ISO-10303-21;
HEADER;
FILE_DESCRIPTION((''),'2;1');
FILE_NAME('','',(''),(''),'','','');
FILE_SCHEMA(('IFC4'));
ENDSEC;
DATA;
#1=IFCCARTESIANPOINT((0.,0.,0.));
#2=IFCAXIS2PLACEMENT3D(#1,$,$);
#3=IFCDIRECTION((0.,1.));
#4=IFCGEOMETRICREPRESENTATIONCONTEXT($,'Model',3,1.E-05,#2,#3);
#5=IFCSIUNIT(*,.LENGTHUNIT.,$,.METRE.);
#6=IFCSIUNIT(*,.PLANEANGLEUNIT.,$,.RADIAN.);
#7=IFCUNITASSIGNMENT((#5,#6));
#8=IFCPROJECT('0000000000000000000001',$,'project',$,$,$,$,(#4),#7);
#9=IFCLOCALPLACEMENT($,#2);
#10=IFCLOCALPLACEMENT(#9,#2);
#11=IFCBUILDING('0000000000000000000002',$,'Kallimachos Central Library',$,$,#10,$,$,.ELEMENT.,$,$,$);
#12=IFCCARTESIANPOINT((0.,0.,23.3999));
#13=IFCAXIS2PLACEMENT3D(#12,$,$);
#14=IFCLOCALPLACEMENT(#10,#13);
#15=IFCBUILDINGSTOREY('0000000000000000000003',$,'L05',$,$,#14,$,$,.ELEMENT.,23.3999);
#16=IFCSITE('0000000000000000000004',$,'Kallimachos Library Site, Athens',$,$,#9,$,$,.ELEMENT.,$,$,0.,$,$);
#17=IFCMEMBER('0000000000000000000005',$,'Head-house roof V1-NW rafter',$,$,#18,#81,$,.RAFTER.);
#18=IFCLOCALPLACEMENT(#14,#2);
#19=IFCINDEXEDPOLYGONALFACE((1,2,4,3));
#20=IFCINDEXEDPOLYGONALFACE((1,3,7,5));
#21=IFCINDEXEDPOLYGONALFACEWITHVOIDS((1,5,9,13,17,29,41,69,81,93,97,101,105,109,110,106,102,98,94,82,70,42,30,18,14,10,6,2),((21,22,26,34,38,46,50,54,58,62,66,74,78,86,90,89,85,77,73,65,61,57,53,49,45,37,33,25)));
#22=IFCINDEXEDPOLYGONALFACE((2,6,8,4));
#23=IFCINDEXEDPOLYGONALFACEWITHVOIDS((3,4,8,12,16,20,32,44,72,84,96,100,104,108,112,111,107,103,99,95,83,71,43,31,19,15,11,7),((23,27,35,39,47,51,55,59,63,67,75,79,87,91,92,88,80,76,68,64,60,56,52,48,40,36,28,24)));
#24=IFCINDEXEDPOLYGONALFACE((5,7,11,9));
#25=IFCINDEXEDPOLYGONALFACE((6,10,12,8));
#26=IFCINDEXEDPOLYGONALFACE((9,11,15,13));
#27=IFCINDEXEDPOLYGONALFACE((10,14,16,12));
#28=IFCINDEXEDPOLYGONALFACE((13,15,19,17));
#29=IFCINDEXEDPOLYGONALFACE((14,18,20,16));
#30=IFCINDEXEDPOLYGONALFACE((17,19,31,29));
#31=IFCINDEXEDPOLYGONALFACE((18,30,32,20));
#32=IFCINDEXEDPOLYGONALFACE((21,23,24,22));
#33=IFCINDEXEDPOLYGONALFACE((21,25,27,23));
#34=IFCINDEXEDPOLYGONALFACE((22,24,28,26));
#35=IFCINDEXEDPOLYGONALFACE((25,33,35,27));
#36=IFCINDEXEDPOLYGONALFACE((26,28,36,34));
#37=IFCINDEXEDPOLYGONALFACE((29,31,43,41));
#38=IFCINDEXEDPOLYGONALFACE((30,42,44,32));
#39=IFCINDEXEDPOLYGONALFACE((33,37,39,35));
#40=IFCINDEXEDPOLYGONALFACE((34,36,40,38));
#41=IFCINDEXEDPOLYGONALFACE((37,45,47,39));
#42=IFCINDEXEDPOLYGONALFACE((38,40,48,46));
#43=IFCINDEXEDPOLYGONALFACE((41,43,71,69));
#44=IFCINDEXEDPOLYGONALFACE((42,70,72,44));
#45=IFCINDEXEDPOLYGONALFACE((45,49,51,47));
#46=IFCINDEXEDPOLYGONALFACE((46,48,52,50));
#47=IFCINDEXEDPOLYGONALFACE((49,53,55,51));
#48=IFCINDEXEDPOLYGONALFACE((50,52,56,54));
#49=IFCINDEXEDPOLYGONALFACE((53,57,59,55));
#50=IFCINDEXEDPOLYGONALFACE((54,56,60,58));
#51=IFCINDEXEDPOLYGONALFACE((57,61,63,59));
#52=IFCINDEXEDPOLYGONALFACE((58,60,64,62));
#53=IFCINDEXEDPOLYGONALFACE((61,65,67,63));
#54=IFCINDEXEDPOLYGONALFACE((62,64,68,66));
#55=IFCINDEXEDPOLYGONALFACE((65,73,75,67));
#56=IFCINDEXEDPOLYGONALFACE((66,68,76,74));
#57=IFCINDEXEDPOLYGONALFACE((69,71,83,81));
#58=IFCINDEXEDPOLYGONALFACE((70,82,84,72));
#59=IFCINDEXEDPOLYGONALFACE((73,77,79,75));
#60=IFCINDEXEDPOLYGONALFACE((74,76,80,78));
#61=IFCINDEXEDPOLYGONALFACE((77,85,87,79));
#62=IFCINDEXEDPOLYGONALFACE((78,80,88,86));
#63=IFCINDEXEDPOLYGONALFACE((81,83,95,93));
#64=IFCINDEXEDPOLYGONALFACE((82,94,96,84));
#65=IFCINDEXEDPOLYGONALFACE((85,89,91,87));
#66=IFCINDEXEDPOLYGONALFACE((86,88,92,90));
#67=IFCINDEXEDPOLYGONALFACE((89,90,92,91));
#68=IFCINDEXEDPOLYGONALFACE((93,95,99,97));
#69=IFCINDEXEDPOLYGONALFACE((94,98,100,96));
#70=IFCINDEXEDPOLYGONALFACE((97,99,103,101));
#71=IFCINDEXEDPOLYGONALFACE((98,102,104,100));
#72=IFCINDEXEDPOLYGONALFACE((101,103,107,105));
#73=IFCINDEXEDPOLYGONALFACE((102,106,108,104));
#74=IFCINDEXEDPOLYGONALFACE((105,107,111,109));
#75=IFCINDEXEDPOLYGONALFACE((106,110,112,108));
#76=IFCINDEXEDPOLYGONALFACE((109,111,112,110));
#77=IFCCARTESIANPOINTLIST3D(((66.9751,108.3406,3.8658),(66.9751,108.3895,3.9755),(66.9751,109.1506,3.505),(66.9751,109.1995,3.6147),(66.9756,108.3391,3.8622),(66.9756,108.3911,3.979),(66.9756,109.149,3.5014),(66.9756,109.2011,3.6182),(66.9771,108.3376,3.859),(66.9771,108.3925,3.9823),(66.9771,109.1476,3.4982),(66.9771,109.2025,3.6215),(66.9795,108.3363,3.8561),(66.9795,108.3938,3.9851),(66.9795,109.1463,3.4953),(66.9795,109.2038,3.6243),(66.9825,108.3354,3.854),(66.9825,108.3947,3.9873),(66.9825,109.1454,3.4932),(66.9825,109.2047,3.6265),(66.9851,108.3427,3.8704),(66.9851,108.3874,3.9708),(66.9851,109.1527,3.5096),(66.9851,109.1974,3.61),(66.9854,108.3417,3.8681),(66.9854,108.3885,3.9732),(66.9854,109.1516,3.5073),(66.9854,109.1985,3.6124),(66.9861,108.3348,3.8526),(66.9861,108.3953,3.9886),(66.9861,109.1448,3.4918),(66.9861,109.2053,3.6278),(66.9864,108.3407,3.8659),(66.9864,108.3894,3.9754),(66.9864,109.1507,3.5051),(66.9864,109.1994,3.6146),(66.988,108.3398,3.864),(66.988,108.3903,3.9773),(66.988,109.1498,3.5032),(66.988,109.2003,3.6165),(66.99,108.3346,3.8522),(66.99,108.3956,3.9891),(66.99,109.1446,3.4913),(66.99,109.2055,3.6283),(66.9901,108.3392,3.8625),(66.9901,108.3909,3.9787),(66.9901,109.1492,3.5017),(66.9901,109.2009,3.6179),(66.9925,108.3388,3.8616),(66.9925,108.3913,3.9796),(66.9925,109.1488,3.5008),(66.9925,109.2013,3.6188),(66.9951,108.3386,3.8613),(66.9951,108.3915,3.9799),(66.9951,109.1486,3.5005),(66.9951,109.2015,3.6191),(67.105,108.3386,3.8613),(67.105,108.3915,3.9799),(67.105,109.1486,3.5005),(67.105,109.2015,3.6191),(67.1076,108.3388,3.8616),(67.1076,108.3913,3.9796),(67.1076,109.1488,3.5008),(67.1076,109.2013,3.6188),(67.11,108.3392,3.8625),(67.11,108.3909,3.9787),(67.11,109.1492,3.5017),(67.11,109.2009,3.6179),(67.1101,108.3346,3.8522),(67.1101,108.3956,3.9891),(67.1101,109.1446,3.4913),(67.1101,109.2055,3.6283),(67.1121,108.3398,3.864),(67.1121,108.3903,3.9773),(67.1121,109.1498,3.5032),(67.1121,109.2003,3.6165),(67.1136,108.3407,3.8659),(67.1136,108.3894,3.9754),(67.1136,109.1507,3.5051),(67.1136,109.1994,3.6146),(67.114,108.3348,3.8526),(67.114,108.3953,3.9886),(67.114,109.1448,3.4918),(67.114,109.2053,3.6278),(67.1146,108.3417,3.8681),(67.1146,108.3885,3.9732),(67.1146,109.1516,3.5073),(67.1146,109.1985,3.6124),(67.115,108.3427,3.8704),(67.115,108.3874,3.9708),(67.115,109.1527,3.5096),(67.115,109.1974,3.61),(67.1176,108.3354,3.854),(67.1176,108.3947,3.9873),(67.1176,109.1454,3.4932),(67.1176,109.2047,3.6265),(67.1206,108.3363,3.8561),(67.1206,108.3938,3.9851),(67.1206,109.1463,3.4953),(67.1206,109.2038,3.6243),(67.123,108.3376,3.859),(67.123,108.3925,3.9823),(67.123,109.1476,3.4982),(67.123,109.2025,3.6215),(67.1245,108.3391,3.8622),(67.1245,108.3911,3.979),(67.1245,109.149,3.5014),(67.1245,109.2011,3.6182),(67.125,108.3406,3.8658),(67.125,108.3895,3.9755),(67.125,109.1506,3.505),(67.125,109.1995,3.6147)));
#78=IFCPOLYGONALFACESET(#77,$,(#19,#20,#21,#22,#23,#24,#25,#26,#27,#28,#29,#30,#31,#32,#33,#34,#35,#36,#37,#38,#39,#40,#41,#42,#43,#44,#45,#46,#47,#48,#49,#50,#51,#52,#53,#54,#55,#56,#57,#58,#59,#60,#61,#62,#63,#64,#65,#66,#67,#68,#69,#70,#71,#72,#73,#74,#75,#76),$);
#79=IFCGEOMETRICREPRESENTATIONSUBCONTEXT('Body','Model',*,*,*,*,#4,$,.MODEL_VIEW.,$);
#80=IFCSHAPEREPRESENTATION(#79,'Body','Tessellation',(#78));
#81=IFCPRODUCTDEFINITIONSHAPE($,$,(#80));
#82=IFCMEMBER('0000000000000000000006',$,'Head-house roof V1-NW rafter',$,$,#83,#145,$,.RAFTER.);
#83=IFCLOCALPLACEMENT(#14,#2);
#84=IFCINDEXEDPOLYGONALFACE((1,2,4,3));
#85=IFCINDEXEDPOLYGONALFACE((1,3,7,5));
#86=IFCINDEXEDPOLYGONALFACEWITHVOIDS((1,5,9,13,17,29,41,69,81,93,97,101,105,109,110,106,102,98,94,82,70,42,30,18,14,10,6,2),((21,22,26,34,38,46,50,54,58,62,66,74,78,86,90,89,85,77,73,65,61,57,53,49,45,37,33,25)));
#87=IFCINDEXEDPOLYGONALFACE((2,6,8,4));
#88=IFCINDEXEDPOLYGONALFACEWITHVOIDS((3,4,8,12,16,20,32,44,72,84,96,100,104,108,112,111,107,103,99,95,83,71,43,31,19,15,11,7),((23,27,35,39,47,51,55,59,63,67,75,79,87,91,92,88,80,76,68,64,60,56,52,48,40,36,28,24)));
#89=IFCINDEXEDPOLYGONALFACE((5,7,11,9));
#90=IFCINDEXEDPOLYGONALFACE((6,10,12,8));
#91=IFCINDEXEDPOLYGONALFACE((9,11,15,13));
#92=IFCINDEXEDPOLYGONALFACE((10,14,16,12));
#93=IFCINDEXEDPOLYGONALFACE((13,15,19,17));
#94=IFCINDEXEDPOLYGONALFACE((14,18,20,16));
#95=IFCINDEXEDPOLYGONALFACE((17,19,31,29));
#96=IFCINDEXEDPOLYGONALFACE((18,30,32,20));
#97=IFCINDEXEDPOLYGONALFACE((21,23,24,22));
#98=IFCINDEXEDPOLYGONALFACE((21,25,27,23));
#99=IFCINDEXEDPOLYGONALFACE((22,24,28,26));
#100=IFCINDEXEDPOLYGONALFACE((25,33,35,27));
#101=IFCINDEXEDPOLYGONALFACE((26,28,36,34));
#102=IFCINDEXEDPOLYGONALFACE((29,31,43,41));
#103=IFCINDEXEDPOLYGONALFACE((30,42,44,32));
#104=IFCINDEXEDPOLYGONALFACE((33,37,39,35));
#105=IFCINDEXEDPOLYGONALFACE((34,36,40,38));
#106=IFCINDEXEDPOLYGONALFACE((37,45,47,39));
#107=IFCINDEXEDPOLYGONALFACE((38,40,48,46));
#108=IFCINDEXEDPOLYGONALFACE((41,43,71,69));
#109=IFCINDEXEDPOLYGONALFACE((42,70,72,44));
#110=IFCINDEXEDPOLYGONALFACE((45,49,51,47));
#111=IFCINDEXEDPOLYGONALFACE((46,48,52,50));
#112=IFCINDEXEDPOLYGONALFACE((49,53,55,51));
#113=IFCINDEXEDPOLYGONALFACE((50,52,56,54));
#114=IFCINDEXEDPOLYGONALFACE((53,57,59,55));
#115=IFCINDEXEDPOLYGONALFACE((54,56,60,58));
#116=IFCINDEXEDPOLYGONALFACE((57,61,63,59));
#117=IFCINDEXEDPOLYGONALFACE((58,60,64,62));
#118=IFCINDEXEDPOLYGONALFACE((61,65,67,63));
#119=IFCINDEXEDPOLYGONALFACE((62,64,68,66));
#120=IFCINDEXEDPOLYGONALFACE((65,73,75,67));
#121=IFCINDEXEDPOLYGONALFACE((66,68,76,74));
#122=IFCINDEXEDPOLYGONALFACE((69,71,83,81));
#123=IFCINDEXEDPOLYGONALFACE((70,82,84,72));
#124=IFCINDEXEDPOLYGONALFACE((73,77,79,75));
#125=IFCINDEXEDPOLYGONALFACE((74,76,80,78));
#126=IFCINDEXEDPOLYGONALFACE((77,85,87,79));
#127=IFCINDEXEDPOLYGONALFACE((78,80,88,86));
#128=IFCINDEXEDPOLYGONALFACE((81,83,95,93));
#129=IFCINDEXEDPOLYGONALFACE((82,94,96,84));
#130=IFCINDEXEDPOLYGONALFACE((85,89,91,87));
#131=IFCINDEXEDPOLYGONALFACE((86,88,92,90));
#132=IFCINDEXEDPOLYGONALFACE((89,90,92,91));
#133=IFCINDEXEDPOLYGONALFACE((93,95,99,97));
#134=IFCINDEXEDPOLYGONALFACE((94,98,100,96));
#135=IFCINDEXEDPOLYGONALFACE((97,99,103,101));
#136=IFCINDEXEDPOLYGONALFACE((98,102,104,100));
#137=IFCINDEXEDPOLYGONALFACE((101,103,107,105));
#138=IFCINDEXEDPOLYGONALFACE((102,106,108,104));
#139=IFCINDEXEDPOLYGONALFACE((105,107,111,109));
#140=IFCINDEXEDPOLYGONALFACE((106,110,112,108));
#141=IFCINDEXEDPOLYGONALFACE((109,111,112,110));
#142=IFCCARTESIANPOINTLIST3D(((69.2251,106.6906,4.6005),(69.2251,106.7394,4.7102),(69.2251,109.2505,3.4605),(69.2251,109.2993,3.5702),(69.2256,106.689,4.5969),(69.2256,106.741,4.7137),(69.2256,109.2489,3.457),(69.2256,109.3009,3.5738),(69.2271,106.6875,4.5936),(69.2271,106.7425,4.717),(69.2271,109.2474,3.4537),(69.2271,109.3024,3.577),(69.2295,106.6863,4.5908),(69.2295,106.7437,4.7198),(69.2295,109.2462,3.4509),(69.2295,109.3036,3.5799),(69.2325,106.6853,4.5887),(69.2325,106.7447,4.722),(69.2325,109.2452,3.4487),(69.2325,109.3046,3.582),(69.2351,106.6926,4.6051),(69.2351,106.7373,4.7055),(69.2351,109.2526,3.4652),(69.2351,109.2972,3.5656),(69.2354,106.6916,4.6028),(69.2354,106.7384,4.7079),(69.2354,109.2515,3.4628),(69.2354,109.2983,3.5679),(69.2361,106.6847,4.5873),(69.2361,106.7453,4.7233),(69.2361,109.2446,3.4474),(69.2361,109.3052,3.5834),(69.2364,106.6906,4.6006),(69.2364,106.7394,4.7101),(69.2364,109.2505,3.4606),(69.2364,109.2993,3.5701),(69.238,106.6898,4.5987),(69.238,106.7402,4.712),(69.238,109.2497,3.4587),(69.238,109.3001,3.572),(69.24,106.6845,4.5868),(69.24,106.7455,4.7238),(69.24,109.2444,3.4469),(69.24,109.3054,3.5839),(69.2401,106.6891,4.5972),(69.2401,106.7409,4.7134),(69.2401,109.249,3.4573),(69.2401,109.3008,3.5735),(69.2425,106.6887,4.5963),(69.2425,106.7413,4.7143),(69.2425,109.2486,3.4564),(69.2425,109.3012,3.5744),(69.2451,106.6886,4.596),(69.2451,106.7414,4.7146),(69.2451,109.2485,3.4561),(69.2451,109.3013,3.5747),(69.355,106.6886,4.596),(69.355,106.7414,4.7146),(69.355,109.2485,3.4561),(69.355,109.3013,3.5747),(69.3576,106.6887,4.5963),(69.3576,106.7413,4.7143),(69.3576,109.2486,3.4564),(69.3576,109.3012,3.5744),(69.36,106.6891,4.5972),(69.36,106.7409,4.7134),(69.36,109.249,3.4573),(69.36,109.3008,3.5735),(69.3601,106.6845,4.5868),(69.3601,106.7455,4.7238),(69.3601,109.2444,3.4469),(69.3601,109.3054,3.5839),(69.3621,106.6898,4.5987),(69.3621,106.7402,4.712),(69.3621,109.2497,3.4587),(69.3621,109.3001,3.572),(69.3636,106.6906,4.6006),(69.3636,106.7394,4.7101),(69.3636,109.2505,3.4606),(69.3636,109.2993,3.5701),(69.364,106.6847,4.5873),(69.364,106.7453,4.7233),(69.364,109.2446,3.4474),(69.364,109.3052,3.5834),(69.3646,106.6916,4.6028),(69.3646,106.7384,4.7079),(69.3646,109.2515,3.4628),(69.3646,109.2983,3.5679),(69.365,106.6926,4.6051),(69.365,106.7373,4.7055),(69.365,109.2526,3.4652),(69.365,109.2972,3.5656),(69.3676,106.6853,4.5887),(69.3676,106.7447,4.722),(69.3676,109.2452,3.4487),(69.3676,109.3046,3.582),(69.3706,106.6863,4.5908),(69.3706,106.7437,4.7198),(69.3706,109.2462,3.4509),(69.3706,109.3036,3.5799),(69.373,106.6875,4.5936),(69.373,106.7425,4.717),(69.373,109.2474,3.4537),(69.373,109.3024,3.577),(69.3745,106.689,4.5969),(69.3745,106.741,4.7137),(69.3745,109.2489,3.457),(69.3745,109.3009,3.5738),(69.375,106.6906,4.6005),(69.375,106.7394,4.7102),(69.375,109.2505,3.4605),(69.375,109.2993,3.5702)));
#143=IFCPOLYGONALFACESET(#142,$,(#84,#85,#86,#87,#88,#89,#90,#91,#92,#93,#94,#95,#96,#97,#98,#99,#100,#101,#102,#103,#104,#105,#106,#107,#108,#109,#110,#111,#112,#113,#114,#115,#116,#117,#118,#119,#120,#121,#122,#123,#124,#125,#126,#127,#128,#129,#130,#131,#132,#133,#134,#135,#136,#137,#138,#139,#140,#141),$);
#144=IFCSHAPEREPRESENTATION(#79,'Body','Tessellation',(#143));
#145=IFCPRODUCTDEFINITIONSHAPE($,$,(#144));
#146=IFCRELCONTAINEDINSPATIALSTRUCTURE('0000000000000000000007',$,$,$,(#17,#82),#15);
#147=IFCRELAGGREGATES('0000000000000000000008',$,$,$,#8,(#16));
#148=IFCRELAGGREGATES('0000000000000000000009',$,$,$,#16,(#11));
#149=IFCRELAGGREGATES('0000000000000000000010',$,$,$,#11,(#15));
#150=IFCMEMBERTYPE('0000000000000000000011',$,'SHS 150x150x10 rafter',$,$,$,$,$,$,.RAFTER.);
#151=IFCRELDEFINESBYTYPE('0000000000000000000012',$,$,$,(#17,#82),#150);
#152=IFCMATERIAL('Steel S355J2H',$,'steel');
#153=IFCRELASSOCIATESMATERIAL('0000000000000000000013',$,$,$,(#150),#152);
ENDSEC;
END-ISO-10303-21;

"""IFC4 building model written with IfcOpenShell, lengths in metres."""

from ifc_helpers import new_model, si_unit, direction, frame, origin, origin_2d, place, context, subcontext, project, spatial, hollow_rectangle, extrude, material, material_profile, profile_set, type_object, element, save


model = new_model("IFC4")

# Units and contexts
model_context = context("Model", 3, precision=1e-05, world=origin(), true_north=direction((0.0, 1.0)))
body_context = subcontext(model_context, "Body", "Model", "MODEL_VIEW")
ifc_project = project(units=[si_unit("LENGTHUNIT", "METRE"), si_unit("PLANEANGLEUNIT", "RADIAN")], contexts=[model_context])

# Site, building, storey
site_placement = place(None, origin())
site = spatial("IfcSite", under=ifc_project, at=site_placement, Name="Kallimachos Library Site, Athens", CompositionType="ELEMENT", RefElevation=0.0)
building_placement = place(site_placement, origin())
building = spatial("IfcBuilding", under=site, at=building_placement, Name="Kallimachos Central Library", CompositionType="ELEMENT")
storey_placement = place(building_placement, frame((0.0, 0.0, 23.3999)))
storey = spatial("IfcBuildingStorey", under=building, at=storey_placement, Name="L05", CompositionType="ELEMENT", Elevation=23.3999)

# Members
ifc_material_1 = material(Name="Steel S355J2H", Category="steel")
ifc_material_profile_1 = material_profile(ifc_material_1, hollow_rectangle(XDim=0.1499, YDim=0.1499, WallThickness=0.01, InnerFilletRadius=0.01, OuterFilletRadius=0.0149, at=origin_2d()), Name="SHS 150x150x10")
ifc_profile_set_1 = profile_set([ifc_material_profile_1], Name="Steel S355J2H")
member_type_1 = type_object("IfcMemberType", Name="SHS 150x150x10 rafter", PredefinedType="RAFTER", material=ifc_profile_set_1)
member_1_placement = place(storey_placement, frame((67.05, 109.175, 3.5598), z_axis=(0.0, -0.913471, 0.406905), x_axis=(1.0, 0.0, 0.0)))
element("IfcMember", 1, at=member_1_placement, inside=storey, type_object=member_type_1, Name="Head-house roof V1-NW rafter", PredefinedType="RAFTER", context=body_context, shape_type="SweptSolid", body=[
    extrude(hollow_rectangle(XDim=0.1499, YDim=0.1499, WallThickness=0.01, InnerFilletRadius=0.01, OuterFilletRadius=0.0149, at=origin_2d()), origin(), (0.0, 0.0, 1.0), 0.8867),
])
for number, where, z_axis, x_axis, name in (
    (2, (69.3, 109.2749, 3.5154), (0.0, -0.91352, 0.406793), (1.0, 0.0, 0.0), "Head-house roof V1-NW rafter"),
):
    element("IfcMember", number, at=place(storey_placement, frame(where, z_axis=z_axis, x_axis=x_axis)), inside=storey, type_object=member_type_1, Name=name, PredefinedType="RAFTER", context=body_context, shape_type="SweptSolid", body=[
        extrude(hollow_rectangle(XDim=0.1499, YDim=0.1499, WallThickness=0.01, InnerFilletRadius=0.01, OuterFilletRadius=0.0149, at=origin_2d()), origin(), (0.0, 0.0, 1.0), 2.8022),
    ])

save(model, "model.ifc")
